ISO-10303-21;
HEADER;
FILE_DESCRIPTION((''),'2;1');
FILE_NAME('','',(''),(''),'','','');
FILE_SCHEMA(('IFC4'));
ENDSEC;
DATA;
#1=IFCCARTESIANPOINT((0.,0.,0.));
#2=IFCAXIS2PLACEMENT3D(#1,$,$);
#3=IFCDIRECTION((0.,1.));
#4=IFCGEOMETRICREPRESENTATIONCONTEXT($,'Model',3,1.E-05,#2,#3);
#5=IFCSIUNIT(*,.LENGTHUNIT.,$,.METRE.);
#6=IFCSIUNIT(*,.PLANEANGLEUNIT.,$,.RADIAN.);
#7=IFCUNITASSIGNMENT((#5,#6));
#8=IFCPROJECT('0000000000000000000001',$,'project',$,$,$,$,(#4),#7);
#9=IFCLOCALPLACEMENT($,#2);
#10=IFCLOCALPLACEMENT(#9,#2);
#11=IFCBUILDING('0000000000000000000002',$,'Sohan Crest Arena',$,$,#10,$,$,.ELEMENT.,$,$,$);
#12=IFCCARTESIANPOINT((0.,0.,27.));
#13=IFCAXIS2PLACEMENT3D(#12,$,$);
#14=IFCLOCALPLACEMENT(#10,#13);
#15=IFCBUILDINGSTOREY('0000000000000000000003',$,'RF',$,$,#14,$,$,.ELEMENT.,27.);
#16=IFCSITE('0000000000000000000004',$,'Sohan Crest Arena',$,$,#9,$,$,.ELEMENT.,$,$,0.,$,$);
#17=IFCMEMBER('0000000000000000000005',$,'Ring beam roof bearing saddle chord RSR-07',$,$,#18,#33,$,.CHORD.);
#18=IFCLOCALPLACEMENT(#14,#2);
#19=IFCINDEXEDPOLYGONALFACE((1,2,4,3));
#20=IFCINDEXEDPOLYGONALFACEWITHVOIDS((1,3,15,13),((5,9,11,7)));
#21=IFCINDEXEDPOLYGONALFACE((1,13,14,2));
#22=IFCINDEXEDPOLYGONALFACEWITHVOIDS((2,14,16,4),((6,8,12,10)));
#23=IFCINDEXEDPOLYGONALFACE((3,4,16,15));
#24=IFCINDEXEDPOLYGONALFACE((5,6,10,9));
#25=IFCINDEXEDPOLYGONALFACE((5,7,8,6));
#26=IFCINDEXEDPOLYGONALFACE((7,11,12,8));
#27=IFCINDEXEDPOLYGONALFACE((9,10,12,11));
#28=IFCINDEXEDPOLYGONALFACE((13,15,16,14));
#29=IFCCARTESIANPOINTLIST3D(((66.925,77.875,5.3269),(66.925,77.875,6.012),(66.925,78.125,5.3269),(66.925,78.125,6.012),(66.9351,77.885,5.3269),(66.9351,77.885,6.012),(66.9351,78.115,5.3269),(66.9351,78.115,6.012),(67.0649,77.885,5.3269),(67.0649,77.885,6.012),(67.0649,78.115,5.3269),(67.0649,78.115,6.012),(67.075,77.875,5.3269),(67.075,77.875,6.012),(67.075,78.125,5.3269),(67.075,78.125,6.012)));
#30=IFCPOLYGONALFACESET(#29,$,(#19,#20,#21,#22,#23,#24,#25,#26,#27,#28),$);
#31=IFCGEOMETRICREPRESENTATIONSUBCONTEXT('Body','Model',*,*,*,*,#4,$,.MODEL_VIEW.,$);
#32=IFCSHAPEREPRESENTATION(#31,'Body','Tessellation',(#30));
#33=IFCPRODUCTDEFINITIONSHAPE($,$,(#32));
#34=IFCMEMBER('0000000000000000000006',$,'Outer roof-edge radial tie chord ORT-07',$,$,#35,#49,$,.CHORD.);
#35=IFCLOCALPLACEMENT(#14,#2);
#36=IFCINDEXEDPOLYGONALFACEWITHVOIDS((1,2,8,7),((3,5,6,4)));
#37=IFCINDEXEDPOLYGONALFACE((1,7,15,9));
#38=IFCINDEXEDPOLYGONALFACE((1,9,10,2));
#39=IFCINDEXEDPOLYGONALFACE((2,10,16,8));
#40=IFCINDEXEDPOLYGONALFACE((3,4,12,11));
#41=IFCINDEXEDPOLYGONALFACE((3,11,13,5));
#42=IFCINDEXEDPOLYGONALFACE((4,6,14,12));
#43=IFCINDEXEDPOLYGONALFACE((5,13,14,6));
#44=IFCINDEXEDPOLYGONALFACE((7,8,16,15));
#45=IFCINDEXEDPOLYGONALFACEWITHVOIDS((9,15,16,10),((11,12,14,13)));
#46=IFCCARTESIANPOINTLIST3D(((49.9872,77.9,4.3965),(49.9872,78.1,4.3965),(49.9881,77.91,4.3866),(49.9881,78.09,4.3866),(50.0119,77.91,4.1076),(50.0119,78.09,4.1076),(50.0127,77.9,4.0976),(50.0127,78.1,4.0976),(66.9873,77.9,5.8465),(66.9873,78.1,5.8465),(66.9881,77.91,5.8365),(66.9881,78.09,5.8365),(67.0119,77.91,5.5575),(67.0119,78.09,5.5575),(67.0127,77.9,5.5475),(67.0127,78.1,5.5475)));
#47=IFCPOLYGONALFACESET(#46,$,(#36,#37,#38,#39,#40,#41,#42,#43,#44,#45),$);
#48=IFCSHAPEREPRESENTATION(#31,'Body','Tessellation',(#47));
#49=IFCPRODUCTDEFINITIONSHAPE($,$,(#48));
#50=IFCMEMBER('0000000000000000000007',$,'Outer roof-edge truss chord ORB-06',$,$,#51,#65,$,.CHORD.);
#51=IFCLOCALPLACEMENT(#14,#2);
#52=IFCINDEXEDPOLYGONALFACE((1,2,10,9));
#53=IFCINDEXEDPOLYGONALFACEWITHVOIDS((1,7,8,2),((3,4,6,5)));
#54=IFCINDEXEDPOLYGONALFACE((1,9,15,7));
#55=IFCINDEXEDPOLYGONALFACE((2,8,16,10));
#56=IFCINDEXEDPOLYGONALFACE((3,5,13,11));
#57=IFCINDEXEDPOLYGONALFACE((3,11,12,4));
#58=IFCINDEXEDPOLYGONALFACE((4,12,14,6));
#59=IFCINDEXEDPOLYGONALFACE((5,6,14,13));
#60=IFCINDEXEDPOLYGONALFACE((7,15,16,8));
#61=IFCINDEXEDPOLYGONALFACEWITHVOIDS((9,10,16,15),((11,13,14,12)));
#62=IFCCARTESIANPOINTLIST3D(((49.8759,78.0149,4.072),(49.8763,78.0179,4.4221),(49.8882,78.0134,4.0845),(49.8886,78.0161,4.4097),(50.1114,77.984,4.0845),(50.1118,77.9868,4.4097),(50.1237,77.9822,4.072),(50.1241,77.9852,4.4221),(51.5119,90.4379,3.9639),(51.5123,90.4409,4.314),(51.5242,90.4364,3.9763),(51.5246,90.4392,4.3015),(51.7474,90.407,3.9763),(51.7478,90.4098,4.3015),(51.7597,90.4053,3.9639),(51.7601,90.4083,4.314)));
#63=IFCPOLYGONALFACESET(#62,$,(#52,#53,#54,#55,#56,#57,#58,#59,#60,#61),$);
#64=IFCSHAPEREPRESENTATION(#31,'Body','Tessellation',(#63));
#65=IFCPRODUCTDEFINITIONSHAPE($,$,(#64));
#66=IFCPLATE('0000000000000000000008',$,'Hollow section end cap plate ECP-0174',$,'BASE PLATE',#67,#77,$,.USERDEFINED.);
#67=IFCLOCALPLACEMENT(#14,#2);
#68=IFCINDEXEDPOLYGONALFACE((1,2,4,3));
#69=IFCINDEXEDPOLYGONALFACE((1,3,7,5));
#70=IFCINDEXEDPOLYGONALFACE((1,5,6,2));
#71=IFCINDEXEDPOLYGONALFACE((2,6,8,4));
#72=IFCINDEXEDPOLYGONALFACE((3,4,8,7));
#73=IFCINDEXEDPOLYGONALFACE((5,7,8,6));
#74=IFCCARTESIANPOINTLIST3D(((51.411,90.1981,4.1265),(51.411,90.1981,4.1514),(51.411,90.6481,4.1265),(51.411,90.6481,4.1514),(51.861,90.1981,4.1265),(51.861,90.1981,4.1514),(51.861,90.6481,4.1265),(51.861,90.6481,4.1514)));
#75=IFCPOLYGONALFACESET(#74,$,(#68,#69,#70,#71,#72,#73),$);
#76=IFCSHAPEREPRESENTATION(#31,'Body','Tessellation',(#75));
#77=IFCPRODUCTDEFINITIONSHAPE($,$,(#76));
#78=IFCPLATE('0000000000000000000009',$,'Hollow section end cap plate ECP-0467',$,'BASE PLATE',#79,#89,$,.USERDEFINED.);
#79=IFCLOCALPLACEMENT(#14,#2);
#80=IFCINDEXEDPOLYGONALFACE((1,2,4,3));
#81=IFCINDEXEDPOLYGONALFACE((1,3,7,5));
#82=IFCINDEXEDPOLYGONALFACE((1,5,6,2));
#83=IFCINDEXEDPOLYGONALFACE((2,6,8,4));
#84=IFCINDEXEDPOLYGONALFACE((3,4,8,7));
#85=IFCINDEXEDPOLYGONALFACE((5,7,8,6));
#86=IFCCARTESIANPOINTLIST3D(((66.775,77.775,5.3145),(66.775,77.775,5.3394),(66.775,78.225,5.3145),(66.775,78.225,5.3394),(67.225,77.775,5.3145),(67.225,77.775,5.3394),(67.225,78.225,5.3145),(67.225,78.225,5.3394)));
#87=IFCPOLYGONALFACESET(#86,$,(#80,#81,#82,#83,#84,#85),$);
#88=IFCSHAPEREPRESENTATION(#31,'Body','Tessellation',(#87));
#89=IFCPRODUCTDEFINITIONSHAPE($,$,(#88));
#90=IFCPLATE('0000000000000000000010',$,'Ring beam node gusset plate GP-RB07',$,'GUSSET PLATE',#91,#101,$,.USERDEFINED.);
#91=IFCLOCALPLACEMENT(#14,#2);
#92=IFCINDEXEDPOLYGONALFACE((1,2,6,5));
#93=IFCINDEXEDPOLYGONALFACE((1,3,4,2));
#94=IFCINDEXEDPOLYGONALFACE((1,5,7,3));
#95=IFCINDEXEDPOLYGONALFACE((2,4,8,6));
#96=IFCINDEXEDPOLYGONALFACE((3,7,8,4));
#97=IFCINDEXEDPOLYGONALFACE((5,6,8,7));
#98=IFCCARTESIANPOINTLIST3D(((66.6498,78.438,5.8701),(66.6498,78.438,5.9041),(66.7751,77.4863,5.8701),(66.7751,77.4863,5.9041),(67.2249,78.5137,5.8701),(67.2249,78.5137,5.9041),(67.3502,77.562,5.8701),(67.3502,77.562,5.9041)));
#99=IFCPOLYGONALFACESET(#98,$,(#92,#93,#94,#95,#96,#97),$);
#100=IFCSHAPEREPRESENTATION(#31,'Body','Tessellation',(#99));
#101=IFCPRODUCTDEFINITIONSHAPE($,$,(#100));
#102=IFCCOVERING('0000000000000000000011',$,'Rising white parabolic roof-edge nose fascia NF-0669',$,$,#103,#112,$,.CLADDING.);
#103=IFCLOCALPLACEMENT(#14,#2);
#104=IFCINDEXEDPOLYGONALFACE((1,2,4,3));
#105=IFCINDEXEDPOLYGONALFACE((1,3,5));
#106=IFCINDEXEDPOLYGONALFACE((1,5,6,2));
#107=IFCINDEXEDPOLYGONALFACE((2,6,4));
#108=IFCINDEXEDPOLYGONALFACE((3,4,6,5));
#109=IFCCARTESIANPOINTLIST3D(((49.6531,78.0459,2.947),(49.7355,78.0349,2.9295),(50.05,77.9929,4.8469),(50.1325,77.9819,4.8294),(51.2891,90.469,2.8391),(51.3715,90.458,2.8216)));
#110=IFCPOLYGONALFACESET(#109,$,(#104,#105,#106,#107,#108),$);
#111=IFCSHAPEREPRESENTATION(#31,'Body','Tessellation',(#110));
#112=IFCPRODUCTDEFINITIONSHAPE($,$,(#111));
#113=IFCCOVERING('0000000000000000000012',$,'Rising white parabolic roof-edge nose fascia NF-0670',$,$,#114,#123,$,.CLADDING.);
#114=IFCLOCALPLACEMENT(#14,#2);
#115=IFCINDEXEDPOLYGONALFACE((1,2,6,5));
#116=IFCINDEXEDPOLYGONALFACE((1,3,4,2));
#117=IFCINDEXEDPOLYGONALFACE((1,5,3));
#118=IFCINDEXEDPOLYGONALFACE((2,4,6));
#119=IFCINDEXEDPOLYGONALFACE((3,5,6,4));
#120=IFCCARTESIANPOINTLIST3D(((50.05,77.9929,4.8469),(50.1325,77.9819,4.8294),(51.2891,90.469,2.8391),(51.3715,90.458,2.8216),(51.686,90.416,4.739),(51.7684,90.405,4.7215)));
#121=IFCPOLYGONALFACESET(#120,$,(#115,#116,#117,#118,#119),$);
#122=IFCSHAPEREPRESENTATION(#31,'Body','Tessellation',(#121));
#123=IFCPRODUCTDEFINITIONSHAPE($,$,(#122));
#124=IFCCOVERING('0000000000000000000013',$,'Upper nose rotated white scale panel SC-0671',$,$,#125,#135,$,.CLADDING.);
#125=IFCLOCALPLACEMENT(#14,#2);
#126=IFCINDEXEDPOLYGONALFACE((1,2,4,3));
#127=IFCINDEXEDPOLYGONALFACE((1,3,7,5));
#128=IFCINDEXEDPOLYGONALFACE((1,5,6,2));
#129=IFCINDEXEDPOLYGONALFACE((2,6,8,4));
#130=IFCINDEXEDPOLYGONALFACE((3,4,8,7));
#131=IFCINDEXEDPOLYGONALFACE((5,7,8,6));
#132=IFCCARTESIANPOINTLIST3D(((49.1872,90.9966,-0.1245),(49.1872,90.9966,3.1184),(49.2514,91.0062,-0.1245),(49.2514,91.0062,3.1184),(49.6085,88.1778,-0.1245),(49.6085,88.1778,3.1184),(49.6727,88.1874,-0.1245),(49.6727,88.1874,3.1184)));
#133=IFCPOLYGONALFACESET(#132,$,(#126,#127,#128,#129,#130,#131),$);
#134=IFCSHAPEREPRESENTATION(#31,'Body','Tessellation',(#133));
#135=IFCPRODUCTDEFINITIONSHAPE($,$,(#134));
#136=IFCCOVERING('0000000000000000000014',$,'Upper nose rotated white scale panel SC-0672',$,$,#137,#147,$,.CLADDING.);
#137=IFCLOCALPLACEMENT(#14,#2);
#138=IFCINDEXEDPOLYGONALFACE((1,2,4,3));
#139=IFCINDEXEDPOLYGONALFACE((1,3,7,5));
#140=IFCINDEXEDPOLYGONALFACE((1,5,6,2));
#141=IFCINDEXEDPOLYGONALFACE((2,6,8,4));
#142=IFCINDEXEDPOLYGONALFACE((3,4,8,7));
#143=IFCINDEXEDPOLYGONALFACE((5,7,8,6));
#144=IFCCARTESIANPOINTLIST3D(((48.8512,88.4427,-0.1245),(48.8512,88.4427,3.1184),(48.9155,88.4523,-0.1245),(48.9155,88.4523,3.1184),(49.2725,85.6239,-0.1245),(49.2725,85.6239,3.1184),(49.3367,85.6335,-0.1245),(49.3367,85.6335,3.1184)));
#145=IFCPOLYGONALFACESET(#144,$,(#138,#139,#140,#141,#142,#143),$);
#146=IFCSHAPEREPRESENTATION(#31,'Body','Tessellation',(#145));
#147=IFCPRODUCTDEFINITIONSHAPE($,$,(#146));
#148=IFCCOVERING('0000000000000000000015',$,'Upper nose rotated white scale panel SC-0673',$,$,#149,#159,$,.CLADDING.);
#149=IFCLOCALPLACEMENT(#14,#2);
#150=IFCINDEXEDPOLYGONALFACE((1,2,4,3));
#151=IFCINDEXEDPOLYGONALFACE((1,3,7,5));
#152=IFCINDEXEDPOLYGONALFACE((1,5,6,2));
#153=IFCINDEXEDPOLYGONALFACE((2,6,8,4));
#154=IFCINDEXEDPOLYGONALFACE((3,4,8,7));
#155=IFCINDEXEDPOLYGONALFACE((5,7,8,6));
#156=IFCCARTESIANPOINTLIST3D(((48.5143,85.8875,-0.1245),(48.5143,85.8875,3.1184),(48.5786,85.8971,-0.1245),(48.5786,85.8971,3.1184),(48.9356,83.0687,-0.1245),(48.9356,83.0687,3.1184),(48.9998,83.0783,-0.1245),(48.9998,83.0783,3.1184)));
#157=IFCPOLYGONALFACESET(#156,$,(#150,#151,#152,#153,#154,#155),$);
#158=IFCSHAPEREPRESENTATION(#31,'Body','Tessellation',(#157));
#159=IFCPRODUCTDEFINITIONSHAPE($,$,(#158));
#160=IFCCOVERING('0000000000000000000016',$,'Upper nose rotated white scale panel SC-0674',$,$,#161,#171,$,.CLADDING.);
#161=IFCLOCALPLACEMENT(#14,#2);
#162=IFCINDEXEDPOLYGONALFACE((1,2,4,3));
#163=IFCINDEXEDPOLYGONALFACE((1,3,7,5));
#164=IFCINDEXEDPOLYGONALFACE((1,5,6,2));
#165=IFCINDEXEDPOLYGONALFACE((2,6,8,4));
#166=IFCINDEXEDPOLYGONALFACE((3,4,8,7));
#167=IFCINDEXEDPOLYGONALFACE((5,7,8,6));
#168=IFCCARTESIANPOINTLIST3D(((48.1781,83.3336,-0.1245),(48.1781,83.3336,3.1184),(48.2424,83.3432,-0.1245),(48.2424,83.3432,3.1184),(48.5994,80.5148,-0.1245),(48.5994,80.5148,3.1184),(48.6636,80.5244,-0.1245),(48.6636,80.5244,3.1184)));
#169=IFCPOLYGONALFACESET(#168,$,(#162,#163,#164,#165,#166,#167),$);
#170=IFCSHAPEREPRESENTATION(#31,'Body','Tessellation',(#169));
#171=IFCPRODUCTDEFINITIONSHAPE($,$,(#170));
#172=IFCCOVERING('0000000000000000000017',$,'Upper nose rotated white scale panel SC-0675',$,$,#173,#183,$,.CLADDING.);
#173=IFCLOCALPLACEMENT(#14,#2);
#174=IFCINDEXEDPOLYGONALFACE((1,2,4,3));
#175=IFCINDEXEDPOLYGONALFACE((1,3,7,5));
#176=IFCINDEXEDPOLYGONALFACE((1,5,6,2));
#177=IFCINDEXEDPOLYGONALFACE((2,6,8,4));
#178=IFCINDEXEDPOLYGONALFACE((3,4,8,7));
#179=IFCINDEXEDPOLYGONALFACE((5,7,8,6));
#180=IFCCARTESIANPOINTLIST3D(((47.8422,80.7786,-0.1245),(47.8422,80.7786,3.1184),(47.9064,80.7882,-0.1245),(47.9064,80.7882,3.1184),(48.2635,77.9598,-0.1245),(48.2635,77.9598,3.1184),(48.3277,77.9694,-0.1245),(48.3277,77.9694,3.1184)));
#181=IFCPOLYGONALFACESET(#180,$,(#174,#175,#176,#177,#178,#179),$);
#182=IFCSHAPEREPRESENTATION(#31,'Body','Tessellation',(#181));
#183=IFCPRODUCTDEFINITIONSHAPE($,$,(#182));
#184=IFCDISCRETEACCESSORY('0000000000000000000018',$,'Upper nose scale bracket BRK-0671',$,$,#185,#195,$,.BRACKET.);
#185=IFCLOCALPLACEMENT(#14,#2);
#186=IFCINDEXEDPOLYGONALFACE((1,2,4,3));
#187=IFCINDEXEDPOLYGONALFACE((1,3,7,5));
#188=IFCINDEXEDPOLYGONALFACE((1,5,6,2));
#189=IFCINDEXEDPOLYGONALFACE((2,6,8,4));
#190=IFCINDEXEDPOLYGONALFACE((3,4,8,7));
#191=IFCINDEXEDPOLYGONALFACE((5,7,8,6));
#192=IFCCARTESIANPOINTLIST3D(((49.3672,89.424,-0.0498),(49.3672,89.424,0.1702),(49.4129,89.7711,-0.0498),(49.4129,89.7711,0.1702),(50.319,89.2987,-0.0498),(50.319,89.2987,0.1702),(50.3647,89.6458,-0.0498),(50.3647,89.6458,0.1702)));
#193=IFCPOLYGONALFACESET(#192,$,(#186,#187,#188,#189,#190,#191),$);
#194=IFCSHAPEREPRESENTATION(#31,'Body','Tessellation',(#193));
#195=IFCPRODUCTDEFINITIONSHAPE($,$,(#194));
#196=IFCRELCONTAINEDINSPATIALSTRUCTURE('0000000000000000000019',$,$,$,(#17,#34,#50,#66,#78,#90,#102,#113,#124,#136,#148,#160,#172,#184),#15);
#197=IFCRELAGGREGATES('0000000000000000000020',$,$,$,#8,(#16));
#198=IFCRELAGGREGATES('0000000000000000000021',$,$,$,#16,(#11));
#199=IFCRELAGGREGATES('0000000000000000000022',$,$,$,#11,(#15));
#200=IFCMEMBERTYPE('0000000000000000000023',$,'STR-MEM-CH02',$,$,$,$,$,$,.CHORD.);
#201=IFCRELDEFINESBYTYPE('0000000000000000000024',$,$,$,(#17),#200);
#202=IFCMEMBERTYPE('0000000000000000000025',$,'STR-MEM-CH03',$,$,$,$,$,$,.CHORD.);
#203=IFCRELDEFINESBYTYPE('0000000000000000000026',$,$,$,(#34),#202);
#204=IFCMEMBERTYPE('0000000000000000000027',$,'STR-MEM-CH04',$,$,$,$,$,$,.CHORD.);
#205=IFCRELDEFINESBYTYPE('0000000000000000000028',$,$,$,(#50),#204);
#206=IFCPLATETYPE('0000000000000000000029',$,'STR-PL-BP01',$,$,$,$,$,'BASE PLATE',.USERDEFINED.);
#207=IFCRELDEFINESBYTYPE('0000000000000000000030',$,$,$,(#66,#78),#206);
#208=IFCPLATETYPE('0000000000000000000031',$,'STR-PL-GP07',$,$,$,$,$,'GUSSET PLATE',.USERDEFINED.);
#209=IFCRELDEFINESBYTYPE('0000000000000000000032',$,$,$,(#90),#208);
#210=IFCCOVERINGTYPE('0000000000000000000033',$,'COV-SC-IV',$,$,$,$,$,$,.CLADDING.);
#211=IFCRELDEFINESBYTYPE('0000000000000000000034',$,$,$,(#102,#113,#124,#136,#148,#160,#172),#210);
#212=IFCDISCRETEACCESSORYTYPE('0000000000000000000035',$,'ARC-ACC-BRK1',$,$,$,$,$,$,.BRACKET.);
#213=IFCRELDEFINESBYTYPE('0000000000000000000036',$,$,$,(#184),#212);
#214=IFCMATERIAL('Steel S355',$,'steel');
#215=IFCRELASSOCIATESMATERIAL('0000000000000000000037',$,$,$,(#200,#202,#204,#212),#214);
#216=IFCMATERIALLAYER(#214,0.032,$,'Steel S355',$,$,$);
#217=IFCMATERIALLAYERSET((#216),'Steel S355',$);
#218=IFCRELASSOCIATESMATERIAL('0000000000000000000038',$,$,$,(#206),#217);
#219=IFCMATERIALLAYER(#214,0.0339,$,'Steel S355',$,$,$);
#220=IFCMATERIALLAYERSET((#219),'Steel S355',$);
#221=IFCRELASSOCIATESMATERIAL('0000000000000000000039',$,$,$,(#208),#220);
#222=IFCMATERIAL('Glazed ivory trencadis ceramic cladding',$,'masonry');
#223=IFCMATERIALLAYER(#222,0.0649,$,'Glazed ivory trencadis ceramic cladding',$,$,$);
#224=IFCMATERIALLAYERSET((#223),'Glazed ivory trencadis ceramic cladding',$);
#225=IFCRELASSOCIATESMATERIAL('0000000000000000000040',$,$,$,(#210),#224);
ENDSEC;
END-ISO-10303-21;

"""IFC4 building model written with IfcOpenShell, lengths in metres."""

from ifc_helpers import new_model, si_unit, direction, frame, origin, origin_2d, place, context, subcontext, project, spatial, polyline, rectangle, hollow_rectangle, outline, extrude, material, layer, layer_set, material_profile, profile_set, type_object, element, save


model = new_model("IFC4")

# Units and contexts
model_context = context("Model", 3, precision=1e-05, world=origin(), true_north=direction((0.0, 1.0)))
body_context = subcontext(model_context, "Body", "Model", "MODEL_VIEW")
ifc_project = project(units=[si_unit("LENGTHUNIT", "METRE"), si_unit("PLANEANGLEUNIT", "RADIAN")], contexts=[model_context])

# Site, building, storey
site_placement = place(None, origin())
site = spatial("IfcSite", under=ifc_project, at=site_placement, Name="Sohan Crest Arena", CompositionType="ELEMENT", RefElevation=0.0)
building_placement = place(site_placement, origin())
building = spatial("IfcBuilding", under=site, at=building_placement, Name="Sohan Crest Arena", CompositionType="ELEMENT")
storey_placement = place(building_placement, frame((0.0, 0.0, 27.0)))
storey = spatial("IfcBuildingStorey", under=building, at=storey_placement, Name="RF", CompositionType="ELEMENT", Elevation=27.0)

# Shared definitions
ifc_material_1 = material(Name="Steel S355", Category="steel")

# Members
ifc_material_profile_1 = material_profile(ifc_material_1, hollow_rectangle(XDim=0.1499, YDim=0.25, WallThickness=0.01, at=origin_2d()), Name="RHS 250x150x10")
ifc_profile_set_1 = profile_set([ifc_material_profile_1], Name="Steel S355")
member_type_1 = type_object("IfcMemberType", Name="STR-MEM-CH02", PredefinedType="CHORD", material=ifc_profile_set_1)
member_1_placement = place(storey_placement, frame((67.0, 78.0, 5.3269), z_axis=(0.0, 0.0, 1.0), x_axis=(1.0, 0.0, 0.0)))
element("IfcMember", 1, at=member_1_placement, inside=storey, type_object=member_type_1, Name="Ring beam roof bearing saddle chord RSR-07", PredefinedType="CHORD", context=body_context, shape_type="SweptSolid", body=[
    extrude(hollow_rectangle(XDim=0.1499, YDim=0.25, WallThickness=0.01, at=origin_2d()), origin(), (0.0, 0.0, 1.0), 0.6851),
])
ifc_material_profile_2 = material_profile(ifc_material_1, hollow_rectangle(XDim=0.2, YDim=0.3, WallThickness=0.01, at=origin_2d()), Name="RHS 300x200x10")
ifc_profile_set_2 = profile_set([ifc_material_profile_2], Name="Steel S355")
member_type_2 = type_object("IfcMemberType", Name="STR-MEM-CH03", PredefinedType="CHORD", material=ifc_profile_set_2)
member_2_placement = place(storey_placement, frame((67.0, 78.0, 5.697), z_axis=(-0.996382, 0.0, -0.084983), x_axis=(0.0, -1.0, 0.0)))
element("IfcMember", 2, at=member_2_placement, inside=storey, type_object=member_type_2, Name="Outer roof-edge radial tie chord ORT-07", PredefinedType="CHORD", context=body_context, shape_type="SweptSolid", body=[
    extrude(hollow_rectangle(XDim=0.2, YDim=0.3, WallThickness=0.01, at=origin_2d()), origin(), (0.0, 0.0, 1.0), 17.0618),
])
ifc_material_profile_3 = material_profile(ifc_material_1, hollow_rectangle(XDim=0.25, YDim=0.3501, WallThickness=0.0125, at=origin_2d()), Name="RHS 350x250x12.5")
ifc_profile_set_3 = profile_set([ifc_material_profile_3], Name="Steel S355")
member_type_3 = type_object("IfcMemberType", Name="STR-MEM-CH04", PredefinedType="CHORD", material=ifc_profile_set_3)
member_3_placement = place(storey_placement, frame((51.636, 90.4231, 4.1389), z_axis=(-0.130557, -0.991403, 0.008631), x_axis=(0.99144, -0.130562, 0.0)))
element("IfcMember", 3, at=member_3_placement, inside=storey, type_object=member_type_3, Name="Outer roof-edge truss chord ORB-06", PredefinedType="CHORD", context=body_context, shape_type="SweptSolid", body=[
    extrude(hollow_rectangle(XDim=0.25, YDim=0.3501, WallThickness=0.0125, at=origin_2d()), origin(), (0.0, 0.0, 1.0), 12.5308),
])

# Plates
ifc_layer_1 = layer(ifc_material_1, 0.032, Name="Steel S355")
ifc_layer_set_1 = layer_set([ifc_layer_1], Name="Steel S355")
plate_type_1 = type_object("IfcPlateType", Name="STR-PL-BP01", ElementType="BASE PLATE", PredefinedType="USERDEFINED", material=ifc_layer_set_1)
for number, where, z_axis, x_axis, name in (
    (4, (51.636, 90.4231, 4.1265), (0.0, 0.0, 1.0), (1.0, 0.0, 0.0), "Hollow section end cap plate ECP-0174"),
    (5, (67.0, 78.0, 5.3145), (0.0, 0.0, 1.0), (1.0, 0.0, 0.0), "Hollow section end cap plate ECP-0467"),
):
    element("IfcPlate", number, at=place(storey_placement, frame(where, z_axis=z_axis, x_axis=x_axis)), inside=storey, type_object=plate_type_1, Name=name, ObjectType="BASE PLATE", PredefinedType="USERDEFINED", context=body_context, shape_type="SweptSolid", body=[
        extrude(rectangle(XDim=0.45, YDim=0.45, at=origin_2d()), origin(), (0.0, 0.0, 1.0), 0.0249),
    ])
ifc_layer_2 = layer(ifc_material_1, 0.0339, Name="Steel S355")
ifc_layer_set_2 = layer_set([ifc_layer_2], Name="Steel S355")
plate_type_2 = type_object("IfcPlateType", Name="STR-PL-GP07", ElementType="GUSSET PLATE", PredefinedType="USERDEFINED", material=ifc_layer_set_2)
plate_placement = place(storey_placement, frame((67.0, 78.0, 5.8701), z_axis=(0.0, 0.0, 1.0), x_axis=(-0.130526, 0.991445, 0.0)))
element("IfcPlate", 6, at=plate_placement, inside=storey, type_object=plate_type_2, Name="Ring beam node gusset plate GP-RB07", ObjectType="GUSSET PLATE", PredefinedType="USERDEFINED", context=body_context, shape_type="SweptSolid", body=[
    extrude(rectangle(XDim=0.96, YDim=0.5801, at=origin_2d()), origin(), (0.0, 0.0, 1.0), 0.0339),
])

# Coverings
ifc_material_2 = material(Name="Glazed ivory trencadis ceramic cladding", Category="masonry")
ifc_layer_3 = layer(ifc_material_2, 0.0649, Name="Glazed ivory trencadis ceramic cladding")
ifc_layer_set_3 = layer_set([ifc_layer_3], Name="Glazed ivory trencadis ceramic cladding")
covering_type = type_object("IfcCoveringType", Name="COV-SC-IV", PredefinedType="CLADDING", material=ifc_layer_set_3)
covering_1_placement = place(storey_placement, frame((51.2891, 90.469, 2.8391), z_axis=(-0.969887, 0.129515, 0.206263), x_axis=(-0.130557, -0.991403, 0.008612)))
element("IfcCovering", 7, at=covering_1_placement, inside=storey, type_object=covering_type, Name="Rising white parabolic roof-edge nose fascia NF-0669", PredefinedType="CLADDING", context=body_context, shape_type="SweptSolid", body=[
    extrude(outline(polyline([(0.0, 0.0), (12.5308, 0.0), (12.5479, 1.9416), (0.0, 0.0)])), origin(), (0.0, 0.0, -1.0), 0.085),
])
covering_2_placement = place(storey_placement, frame((51.2891, 90.469, 2.8391), z_axis=(-0.969887, 0.129515, 0.206263), x_axis=(-0.097582, -0.982585, 0.15813)))
element("IfcCovering", 8, at=covering_2_placement, inside=storey, type_object=covering_type, Name="Rising white parabolic roof-edge nose fascia NF-0670", PredefinedType="CLADDING", context=body_context, shape_type="SweptSolid", body=[
    extrude(outline(polyline([(0.0, 0.0), (12.6972, 0.0), (0.3138, 1.9161), (0.0, 0.0)])), origin(), (0.0, 0.0, -1.0), 0.085),
])
for number, where, z_axis, x_axis, name in (
    (9, (49.4299, 89.592, -0.1245), (0.0, 0.0, 1.0), (0.147809, -0.989016, 0.0), "Upper nose rotated white scale panel SC-0671"),
    (10, (49.094, 87.0381, -0.1245), (0.0, 0.0, 1.0), (0.147809, -0.989016, 0.0), "Upper nose rotated white scale panel SC-0672"),
    (11, (48.7571, 84.4829, -0.1245), (0.0, 0.0, 1.0), (0.147809, -0.989016, 0.0), "Upper nose rotated white scale panel SC-0673"),
    (12, (48.4209, 81.929, -0.1245), (0.0, 0.0, 1.0), (0.147809, -0.989016, 0.0), "Upper nose rotated white scale panel SC-0674"),
    (13, (48.085, 79.374, -0.1245), (0.0, 0.0, 1.0), (0.147809, -0.989016, 0.0), "Upper nose rotated white scale panel SC-0675"),
):
    element("IfcCovering", number, at=place(storey_placement, frame(where, z_axis=z_axis, x_axis=x_axis)), inside=storey, type_object=covering_type, Name=name, PredefinedType="CLADDING", context=body_context, shape_type="SweptSolid", body=[
        extrude(rectangle(XDim=2.8501, YDim=0.0649, at=origin_2d()), origin(), (0.0, 0.0, 1.0), 3.2429),
    ])

# Discrete accessory
discrete_accessory_type = type_object("IfcDiscreteAccessoryType", Name="ARC-ACC-BRK1", PredefinedType="BRACKET", material=ifc_material_1)
for number, where, z_axis, x_axis, name in (
    (14, (49.866, 89.5349, -0.0498), (0.0, 0.0, 1.0), (-0.130526, -0.991445, 0.0), "Upper nose scale bracket BRK-0671"),
):
    element("IfcDiscreteAccessory", number, at=place(storey_placement, frame(where, z_axis=z_axis, x_axis=x_axis)), inside=storey, type_object=discrete_accessory_type, Name=name, PredefinedType="BRACKET", context=body_context, shape_type="SweptSolid", body=[
        extrude(rectangle(XDim=0.3501, YDim=0.96, at=origin_2d()), origin(), (0.0, 0.0, 1.0), 0.22),
    ])

save(model, "model.ifc")
